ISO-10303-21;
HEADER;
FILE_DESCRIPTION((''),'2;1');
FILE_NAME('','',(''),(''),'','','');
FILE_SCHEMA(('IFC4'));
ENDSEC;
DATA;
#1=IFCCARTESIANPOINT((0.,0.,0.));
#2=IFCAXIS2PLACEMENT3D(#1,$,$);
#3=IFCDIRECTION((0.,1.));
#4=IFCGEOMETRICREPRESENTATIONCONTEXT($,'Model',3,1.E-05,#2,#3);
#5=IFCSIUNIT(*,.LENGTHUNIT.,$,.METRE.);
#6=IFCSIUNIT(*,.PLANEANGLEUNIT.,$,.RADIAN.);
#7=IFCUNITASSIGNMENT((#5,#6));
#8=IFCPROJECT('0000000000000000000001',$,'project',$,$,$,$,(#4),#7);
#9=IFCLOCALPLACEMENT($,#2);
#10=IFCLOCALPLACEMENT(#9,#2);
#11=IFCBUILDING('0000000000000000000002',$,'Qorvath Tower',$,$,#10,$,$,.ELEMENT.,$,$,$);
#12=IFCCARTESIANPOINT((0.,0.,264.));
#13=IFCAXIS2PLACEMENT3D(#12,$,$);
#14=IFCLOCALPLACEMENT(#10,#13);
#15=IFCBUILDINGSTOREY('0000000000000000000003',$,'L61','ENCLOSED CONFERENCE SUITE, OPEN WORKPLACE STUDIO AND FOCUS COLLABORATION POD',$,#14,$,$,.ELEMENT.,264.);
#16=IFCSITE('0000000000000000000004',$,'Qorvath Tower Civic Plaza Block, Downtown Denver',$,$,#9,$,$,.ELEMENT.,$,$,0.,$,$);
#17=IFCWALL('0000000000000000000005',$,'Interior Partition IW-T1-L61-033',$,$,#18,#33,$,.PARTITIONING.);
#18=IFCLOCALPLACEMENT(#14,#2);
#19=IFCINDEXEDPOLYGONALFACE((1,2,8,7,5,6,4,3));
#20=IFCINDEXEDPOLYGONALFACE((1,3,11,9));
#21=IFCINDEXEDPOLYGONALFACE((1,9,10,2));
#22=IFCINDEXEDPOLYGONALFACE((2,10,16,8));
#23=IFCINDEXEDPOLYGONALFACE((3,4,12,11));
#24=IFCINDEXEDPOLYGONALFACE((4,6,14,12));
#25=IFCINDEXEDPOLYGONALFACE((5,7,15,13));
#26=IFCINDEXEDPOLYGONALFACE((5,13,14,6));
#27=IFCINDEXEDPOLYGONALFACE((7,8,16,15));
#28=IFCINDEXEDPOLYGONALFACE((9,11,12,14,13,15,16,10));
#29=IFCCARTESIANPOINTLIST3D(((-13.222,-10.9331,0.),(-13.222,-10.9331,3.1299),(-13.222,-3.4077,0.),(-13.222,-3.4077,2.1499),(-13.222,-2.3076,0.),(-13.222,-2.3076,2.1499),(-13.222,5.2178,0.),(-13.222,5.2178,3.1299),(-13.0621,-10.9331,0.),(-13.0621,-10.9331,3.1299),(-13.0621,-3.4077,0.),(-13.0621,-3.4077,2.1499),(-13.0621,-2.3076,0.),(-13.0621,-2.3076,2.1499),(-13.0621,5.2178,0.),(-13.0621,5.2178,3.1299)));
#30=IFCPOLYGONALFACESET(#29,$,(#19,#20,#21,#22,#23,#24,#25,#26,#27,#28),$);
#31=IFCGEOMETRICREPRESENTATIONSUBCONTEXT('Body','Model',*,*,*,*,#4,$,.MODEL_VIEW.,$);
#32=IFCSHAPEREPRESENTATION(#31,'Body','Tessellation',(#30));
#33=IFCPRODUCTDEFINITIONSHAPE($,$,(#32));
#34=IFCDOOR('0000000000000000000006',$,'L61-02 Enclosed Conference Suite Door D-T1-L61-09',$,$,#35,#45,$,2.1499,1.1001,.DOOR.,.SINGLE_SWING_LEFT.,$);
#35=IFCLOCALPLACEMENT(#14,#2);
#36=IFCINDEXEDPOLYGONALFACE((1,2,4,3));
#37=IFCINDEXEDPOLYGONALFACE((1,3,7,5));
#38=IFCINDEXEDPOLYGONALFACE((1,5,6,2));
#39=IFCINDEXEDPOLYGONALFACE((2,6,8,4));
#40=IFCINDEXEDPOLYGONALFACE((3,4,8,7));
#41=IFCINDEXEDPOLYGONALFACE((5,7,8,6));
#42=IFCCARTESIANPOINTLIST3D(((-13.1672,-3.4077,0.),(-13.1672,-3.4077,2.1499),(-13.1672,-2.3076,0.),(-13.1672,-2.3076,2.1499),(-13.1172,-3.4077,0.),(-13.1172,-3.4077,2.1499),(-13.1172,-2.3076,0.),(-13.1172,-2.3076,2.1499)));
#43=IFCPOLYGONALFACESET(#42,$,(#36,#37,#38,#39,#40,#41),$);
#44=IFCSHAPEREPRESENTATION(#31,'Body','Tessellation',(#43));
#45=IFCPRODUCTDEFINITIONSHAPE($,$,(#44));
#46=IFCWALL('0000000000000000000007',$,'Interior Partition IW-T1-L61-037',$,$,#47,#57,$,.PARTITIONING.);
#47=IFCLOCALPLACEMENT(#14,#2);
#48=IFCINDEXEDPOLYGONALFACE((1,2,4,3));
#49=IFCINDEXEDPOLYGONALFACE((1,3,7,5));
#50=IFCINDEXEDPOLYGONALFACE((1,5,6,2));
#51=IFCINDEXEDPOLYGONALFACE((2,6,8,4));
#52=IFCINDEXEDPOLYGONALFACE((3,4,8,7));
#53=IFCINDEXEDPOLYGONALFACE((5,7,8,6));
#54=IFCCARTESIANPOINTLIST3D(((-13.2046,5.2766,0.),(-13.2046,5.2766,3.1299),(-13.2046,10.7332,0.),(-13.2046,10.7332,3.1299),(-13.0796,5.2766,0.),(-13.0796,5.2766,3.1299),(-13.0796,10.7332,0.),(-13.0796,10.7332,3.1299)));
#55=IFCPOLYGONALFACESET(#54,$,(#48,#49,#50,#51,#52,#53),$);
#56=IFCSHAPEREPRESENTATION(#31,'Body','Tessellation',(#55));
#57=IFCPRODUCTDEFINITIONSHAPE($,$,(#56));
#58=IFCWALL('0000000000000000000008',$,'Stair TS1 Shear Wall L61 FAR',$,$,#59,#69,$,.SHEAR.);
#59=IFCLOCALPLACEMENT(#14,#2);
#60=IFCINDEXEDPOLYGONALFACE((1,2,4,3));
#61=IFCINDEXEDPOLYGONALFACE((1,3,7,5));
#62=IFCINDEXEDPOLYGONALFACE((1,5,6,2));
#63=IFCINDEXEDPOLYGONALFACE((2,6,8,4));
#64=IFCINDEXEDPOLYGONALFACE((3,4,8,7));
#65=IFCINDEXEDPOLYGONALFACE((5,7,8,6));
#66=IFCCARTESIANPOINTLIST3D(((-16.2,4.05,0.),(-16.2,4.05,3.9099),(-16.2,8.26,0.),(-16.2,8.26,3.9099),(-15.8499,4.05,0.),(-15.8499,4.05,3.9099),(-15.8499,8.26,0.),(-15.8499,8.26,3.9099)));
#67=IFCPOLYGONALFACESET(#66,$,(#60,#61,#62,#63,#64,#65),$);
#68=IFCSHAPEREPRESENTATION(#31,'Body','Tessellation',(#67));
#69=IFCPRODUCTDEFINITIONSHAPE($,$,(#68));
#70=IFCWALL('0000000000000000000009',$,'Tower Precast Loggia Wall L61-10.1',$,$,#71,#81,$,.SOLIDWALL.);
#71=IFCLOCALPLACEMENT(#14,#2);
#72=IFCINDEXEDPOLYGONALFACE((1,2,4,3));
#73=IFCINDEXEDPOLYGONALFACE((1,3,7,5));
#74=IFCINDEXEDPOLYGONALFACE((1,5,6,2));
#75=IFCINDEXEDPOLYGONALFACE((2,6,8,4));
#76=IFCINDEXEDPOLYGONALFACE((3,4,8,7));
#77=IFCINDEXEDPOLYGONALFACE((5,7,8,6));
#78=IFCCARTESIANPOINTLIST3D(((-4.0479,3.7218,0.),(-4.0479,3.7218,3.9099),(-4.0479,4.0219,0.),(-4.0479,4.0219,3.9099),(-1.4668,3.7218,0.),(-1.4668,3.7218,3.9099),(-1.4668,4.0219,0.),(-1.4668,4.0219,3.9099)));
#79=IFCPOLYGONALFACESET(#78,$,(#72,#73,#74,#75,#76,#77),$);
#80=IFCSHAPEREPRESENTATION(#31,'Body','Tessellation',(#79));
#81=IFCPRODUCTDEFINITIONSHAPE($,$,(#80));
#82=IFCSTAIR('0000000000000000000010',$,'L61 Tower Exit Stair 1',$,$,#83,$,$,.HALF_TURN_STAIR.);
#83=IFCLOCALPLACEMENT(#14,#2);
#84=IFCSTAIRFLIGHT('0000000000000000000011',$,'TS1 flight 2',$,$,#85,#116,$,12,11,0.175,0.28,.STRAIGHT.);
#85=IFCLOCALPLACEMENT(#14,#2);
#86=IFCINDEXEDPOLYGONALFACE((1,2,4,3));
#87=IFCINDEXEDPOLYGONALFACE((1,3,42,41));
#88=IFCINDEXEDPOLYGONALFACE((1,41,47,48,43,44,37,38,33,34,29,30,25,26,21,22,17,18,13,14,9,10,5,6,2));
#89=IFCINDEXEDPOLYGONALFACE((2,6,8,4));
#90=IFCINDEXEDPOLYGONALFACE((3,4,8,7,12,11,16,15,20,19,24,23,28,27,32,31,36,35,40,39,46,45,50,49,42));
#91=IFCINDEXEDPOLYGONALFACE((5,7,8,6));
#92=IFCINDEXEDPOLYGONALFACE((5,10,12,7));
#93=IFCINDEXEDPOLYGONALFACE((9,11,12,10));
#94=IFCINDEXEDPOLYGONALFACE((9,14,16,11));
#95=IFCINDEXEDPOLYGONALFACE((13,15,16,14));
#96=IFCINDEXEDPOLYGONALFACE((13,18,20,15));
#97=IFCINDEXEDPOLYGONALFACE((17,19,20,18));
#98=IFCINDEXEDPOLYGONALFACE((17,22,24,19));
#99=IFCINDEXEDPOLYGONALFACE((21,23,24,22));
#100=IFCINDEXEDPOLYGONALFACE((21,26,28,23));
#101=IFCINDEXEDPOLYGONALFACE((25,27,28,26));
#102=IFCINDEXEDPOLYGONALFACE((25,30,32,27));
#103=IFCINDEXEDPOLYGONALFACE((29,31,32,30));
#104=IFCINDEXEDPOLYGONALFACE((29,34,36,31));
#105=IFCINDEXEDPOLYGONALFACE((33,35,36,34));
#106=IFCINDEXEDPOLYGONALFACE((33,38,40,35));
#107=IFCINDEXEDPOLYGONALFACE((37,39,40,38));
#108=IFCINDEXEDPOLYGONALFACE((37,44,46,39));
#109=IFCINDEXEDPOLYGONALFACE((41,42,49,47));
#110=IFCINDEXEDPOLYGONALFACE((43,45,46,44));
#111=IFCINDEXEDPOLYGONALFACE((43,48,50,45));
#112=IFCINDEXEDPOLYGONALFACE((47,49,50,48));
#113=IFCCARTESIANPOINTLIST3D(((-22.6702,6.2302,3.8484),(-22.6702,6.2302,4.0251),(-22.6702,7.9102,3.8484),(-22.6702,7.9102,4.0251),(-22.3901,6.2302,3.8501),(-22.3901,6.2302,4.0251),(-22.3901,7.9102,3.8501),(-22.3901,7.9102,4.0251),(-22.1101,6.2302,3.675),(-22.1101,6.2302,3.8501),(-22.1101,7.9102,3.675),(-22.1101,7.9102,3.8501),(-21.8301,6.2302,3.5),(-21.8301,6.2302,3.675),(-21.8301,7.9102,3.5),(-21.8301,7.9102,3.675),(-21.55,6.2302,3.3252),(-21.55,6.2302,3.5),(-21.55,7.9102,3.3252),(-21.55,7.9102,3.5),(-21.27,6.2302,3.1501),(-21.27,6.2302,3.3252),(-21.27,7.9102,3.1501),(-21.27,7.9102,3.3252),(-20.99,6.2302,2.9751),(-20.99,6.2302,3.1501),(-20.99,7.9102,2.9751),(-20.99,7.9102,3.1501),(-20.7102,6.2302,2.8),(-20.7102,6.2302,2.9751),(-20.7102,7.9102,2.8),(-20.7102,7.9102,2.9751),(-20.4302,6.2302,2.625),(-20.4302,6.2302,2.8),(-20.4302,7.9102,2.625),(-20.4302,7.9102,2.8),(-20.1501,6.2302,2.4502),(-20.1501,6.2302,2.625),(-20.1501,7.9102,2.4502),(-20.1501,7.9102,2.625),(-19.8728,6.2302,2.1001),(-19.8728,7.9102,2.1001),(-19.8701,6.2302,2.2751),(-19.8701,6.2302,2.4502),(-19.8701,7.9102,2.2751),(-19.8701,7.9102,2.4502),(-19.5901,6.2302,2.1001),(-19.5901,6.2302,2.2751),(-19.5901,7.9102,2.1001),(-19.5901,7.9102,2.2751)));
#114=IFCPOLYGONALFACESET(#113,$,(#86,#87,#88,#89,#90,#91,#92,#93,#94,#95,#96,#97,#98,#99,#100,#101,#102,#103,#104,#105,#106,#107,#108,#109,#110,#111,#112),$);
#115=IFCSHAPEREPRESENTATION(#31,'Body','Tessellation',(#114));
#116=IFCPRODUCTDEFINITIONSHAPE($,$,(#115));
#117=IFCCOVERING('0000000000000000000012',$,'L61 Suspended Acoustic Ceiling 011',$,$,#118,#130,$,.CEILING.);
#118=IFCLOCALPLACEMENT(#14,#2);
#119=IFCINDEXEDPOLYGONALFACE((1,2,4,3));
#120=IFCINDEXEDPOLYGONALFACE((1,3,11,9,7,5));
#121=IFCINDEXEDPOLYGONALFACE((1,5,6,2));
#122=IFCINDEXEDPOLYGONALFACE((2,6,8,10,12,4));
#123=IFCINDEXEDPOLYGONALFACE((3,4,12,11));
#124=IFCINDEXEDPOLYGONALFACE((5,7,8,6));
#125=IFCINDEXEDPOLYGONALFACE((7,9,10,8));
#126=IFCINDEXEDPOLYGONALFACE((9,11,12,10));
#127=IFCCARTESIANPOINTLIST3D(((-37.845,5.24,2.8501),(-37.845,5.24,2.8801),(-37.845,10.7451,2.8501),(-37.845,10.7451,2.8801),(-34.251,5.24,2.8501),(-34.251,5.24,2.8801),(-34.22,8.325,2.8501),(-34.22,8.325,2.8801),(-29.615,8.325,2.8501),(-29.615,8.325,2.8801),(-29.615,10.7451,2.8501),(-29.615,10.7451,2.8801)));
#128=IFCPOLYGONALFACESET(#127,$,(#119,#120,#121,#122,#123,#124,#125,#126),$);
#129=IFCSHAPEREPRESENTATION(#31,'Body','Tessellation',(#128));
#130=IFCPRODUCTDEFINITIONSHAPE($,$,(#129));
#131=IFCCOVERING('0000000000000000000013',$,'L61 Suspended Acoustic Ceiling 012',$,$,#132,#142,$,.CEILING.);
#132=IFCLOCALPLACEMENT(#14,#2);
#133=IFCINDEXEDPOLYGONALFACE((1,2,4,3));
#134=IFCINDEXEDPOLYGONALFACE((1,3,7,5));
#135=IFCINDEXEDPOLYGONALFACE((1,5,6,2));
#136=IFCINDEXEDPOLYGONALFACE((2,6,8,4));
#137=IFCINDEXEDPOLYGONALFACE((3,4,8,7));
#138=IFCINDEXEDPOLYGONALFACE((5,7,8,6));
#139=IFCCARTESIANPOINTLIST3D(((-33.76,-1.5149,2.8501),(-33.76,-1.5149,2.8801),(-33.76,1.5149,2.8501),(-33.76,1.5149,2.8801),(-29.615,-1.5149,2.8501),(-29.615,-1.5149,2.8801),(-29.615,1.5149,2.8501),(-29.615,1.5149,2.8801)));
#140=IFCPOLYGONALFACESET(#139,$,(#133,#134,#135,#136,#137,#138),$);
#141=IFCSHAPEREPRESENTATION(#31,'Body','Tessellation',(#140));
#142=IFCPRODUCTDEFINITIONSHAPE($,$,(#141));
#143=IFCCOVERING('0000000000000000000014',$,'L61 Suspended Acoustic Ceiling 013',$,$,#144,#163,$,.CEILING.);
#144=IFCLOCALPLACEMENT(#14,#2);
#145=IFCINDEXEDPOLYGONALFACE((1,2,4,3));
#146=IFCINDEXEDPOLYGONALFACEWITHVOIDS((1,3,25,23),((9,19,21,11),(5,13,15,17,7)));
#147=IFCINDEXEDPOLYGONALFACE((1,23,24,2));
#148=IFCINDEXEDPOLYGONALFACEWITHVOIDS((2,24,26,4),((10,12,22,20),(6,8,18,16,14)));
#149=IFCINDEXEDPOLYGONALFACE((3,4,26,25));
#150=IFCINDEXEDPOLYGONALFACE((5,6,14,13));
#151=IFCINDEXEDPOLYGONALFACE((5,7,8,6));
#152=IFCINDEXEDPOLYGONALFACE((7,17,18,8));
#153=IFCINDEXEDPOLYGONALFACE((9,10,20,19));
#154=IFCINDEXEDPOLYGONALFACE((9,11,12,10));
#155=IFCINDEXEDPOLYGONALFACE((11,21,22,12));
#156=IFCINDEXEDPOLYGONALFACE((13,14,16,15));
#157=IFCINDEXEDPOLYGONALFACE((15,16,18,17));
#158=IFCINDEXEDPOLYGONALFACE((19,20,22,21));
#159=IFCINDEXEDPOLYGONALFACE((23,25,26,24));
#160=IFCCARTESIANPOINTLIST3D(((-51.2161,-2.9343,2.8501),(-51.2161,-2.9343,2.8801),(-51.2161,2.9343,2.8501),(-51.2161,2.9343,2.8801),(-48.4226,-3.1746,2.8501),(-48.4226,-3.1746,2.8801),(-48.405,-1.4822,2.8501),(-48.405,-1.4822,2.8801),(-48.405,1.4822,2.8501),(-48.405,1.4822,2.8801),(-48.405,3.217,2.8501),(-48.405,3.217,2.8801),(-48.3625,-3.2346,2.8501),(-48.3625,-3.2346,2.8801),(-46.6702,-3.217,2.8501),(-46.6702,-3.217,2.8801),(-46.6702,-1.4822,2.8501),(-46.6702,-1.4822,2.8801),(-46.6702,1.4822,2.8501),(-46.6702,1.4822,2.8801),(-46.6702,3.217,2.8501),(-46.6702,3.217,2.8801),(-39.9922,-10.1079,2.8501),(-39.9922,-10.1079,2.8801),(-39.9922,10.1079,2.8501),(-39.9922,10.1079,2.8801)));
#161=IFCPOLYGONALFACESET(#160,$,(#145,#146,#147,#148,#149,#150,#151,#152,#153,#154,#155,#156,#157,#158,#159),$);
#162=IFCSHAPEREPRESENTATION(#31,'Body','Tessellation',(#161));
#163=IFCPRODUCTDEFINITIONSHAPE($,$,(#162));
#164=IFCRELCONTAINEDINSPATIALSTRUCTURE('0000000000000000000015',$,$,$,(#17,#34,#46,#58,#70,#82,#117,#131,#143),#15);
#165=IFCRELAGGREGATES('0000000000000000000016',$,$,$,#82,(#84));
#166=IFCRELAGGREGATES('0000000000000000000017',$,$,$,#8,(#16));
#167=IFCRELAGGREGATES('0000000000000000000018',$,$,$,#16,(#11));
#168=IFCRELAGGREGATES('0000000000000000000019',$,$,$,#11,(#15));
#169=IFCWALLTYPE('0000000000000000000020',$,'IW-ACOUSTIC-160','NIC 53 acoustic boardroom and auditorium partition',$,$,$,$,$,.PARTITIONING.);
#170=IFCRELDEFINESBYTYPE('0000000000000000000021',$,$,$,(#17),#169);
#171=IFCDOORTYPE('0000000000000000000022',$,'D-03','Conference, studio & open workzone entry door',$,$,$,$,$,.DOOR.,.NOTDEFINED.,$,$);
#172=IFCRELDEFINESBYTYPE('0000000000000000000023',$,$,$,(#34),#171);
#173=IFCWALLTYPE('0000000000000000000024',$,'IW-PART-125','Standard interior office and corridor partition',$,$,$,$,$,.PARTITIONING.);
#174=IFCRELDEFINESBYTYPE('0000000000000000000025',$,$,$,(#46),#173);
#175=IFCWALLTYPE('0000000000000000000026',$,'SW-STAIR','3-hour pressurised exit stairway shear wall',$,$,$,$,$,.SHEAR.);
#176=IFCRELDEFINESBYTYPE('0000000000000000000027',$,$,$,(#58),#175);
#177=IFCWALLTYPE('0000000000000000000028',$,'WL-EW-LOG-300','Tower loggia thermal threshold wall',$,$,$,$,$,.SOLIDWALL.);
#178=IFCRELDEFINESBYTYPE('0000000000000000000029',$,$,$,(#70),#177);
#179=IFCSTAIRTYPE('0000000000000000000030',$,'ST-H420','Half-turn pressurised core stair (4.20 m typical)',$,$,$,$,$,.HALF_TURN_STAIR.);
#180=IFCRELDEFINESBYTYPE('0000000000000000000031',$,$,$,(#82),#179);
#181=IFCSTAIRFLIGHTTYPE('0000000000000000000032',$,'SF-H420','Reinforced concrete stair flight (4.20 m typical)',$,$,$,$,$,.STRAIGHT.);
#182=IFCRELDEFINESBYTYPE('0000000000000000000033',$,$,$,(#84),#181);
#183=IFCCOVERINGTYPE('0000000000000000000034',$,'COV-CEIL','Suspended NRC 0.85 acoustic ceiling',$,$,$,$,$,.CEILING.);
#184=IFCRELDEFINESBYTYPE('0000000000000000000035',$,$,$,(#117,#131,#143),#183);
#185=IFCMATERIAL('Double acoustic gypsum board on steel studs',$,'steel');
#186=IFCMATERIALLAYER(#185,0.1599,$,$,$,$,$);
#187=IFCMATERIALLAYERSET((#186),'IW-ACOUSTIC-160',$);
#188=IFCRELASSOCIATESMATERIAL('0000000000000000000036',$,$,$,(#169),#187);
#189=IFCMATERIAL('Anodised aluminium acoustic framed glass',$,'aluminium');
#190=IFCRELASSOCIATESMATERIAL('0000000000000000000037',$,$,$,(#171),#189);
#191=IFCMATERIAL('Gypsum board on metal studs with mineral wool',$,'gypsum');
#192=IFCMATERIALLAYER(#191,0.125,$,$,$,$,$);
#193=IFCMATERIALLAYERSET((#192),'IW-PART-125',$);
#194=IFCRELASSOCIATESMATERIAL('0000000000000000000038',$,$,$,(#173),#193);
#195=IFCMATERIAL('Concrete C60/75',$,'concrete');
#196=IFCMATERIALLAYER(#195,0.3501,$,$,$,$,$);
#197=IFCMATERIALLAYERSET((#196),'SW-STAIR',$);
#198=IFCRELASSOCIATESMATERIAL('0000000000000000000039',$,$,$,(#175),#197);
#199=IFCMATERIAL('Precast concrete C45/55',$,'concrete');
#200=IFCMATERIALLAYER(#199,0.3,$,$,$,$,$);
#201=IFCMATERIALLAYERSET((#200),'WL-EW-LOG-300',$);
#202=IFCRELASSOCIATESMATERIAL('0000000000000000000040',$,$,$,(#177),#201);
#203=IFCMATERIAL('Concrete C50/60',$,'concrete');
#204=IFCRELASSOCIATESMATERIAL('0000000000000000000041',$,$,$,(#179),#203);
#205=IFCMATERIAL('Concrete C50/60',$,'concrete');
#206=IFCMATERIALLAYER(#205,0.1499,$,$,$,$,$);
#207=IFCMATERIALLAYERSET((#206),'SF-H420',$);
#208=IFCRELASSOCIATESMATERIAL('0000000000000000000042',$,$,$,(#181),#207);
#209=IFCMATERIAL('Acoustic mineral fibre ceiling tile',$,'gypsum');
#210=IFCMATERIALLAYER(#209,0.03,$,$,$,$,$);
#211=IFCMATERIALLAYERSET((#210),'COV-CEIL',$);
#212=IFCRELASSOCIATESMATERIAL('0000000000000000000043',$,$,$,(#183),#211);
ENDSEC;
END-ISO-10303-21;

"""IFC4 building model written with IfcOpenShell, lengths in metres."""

from ifc_helpers import new_model, si_unit, direction, frame, frame_2d, origin, place, context, subcontext, project, spatial, polyline, rectangle, outline, extrude, material, layer, layer_set, type_object, element, fill, aggregate, save


model = new_model("IFC4")

# Units and contexts
model_context = context("Model", 3, precision=1e-05, world=origin(), true_north=direction((0.0, 1.0)))
body_context = subcontext(model_context, "Body", "Model", "MODEL_VIEW")
ifc_project = project(units=[si_unit("LENGTHUNIT", "METRE"), si_unit("PLANEANGLEUNIT", "RADIAN")], contexts=[model_context])

# Site, building, storey
site_placement = place(None, origin())
site = spatial("IfcSite", under=ifc_project, at=site_placement, Name="Qorvath Tower Civic Plaza Block, Downtown Denver", CompositionType="ELEMENT", RefElevation=0.0)
building_placement = place(site_placement, origin())
building = spatial("IfcBuilding", under=site, at=building_placement, Name="Qorvath Tower", CompositionType="ELEMENT")
storey_placement = place(building_placement, frame((0.0, 0.0, 264.0)))
storey = spatial("IfcBuildingStorey", under=building, at=storey_placement, Name="L61", Description="ENCLOSED CONFERENCE SUITE, OPEN WORKPLACE STUDIO AND FOCUS COLLABORATION POD", CompositionType="ELEMENT", Elevation=264.0)

# Shared definitions
ifc_material_1 = material(Name="Double acoustic gypsum board on steel studs", Category="steel")
ifc_layer_1 = layer(ifc_material_1, 0.1599)
ifc_layer_set_1 = layer_set([ifc_layer_1], Name="IW-ACOUSTIC-160")
wall_type_1 = type_object("IfcWallType", Name="IW-ACOUSTIC-160", Description="NIC 53 acoustic boardroom and auditorium partition", PredefinedType="PARTITIONING", material=ifc_layer_set_1)

# Wall, opening, door
wall_1_placement = place(storey_placement, frame((-13.1421, 5.2178, 0.0), z_axis=(0.0, 0.0, 1.0), x_axis=(0.0, -1.0, 0.0)))
wall_1 = element("IfcWall", 1, at=wall_1_placement, inside=storey, type_object=wall_type_1, Name="Interior Partition IW-T1-L61-033", PredefinedType="PARTITIONING", context=body_context, shape_type="SweptSolid", body=[
    extrude(rectangle(XDim=16.1509, YDim=0.1599, at=frame_2d((8.0754, 0.0))), origin(), (0.0, 0.0, 1.0), 3.1299),
])
opening_placement = place(wall_1_placement, frame((7.5254, 0.0, 0.0)))
opening = element("IfcOpeningElement", 2, at=opening_placement, cuts=wall_1, PredefinedType="OPENING", context=body_context, shape_type="SweptSolid", body=[
    extrude(rectangle(XDim=1.1001, YDim=2.1499, at=frame_2d((0.55, 1.075))), frame((0.0, 0.0898, 0.0), z_axis=(0.0, -1.0, 0.0), x_axis=(1.0, 0.0, 0.0)), (0.0, 0.0, 1.0), 0.1799),
])
ifc_material_2 = material(Name="Anodised aluminium acoustic framed glass", Category="aluminium")
door_type = type_object("IfcDoorType", Name="D-03", Description="Conference, studio & open workzone entry door", OperationType="NOTDEFINED", PredefinedType="DOOR", material=ifc_material_2)
door_placement = place(opening_placement, origin())
door = element("IfcDoor", 3, at=door_placement, inside=storey, type_object=door_type, Name="L61-02 Enclosed Conference Suite Door D-T1-L61-09", OperationType="SINGLE_SWING_LEFT", OverallHeight=2.1499, OverallWidth=1.1001, PredefinedType="DOOR", context=body_context, shape_type="SweptSolid", body=[
    extrude(rectangle(XDim=1.1001, YDim=2.1499, at=frame_2d((0.55, 1.075))), frame((0.0, 0.0249, 0.0), z_axis=(0.0, -1.0, 0.0), x_axis=(1.0, 0.0, 0.0)), (0.0, 0.0, 1.0), 0.05),
])
fill(opening, door)

# Walls
ifc_material_3 = material(Name="Gypsum board on metal studs with mineral wool", Category="gypsum")
ifc_layer_2 = layer(ifc_material_3, 0.125)
ifc_layer_set_2 = layer_set([ifc_layer_2], Name="IW-PART-125")
wall_type_2 = type_object("IfcWallType", Name="IW-PART-125", Description="Standard interior office and corridor partition", PredefinedType="PARTITIONING", material=ifc_layer_set_2)
wall_2_placement = place(storey_placement, frame((-13.1421, 5.2766, 0.0), z_axis=(0.0, 0.0, 1.0), x_axis=(0.0, 1.0, 0.0)))
element("IfcWall", 4, at=wall_2_placement, inside=storey, type_object=wall_type_2, Name="Interior Partition IW-T1-L61-037", PredefinedType="PARTITIONING", context=body_context, shape_type="SweptSolid", body=[
    extrude(rectangle(XDim=5.4565, YDim=0.125, at=frame_2d((2.7283, 0.0))), origin(), (0.0, 0.0, 1.0), 3.1299),
])
ifc_material_4 = material(Name="Concrete C60/75", Category="concrete")
ifc_layer_3 = layer(ifc_material_4, 0.3501)
ifc_layer_set_3 = layer_set([ifc_layer_3], Name="SW-STAIR")
wall_type_3 = type_object("IfcWallType", Name="SW-STAIR", Description="3-hour pressurised exit stairway shear wall", PredefinedType="SHEAR", material=ifc_layer_set_3)
wall_3_placement = place(storey_placement, frame((-16.0249, 4.05, 0.0), z_axis=(0.0, 0.0, 1.0), x_axis=(0.0, 1.0, 0.0)))
element("IfcWall", 5, at=wall_3_placement, inside=storey, type_object=wall_type_3, Name="Stair TS1 Shear Wall L61 FAR", PredefinedType="SHEAR", context=body_context, shape_type="SweptSolid", body=[
    extrude(rectangle(XDim=4.21, YDim=0.3501, at=frame_2d((2.105, 0.0))), origin(), (0.0, 0.0, 1.0), 3.9099),
])
ifc_material_5 = material(Name="Precast concrete C45/55", Category="concrete")
ifc_layer_4 = layer(ifc_material_5, 0.3)
ifc_layer_set_4 = layer_set([ifc_layer_4], Name="WL-EW-LOG-300")
wall_type_4 = type_object("IfcWallType", Name="WL-EW-LOG-300", Description="Tower loggia thermal threshold wall", PredefinedType="SOLIDWALL", material=ifc_layer_set_4)
wall_4_placement = place(storey_placement, frame((-4.0479, 3.8718, 0.0), z_axis=(0.0, 0.0, 1.0), x_axis=(1.0, 0.0, 0.0)))
element("IfcWall", 6, at=wall_4_placement, inside=storey, type_object=wall_type_4, Name="Tower Precast Loggia Wall L61-10.1", PredefinedType="SOLIDWALL", context=body_context, shape_type="SweptSolid", body=[
    extrude(rectangle(XDim=2.5811, YDim=0.3, at=frame_2d((1.2905, 0.0))), origin(), (0.0, 0.0, 1.0), 3.9099),
])

# Stair, stair flight
ifc_material_6 = material(Name="Concrete C50/60", Category="concrete")
stair_type = type_object("IfcStairType", Name="ST-H420", Description="Half-turn pressurised core stair (4.20 m typical)", PredefinedType="HALF_TURN_STAIR", material=ifc_material_6)
stair_placement = place(storey_placement, origin())
stair = element("IfcStair", 7, at=stair_placement, inside=storey, type_object=stair_type, Name="L61 Tower Exit Stair 1", PredefinedType="HALF_TURN_STAIR")
ifc_material_7 = material(Name="Concrete C50/60", Category="concrete")
ifc_layer_5 = layer(ifc_material_7, 0.1499)
ifc_layer_set_5 = layer_set([ifc_layer_5], Name="SF-H420")
stair_flight_type = type_object("IfcStairFlightType", Name="SF-H420", Description="Reinforced concrete stair flight (4.20 m typical)", PredefinedType="STRAIGHT", material=ifc_layer_set_5)
stair_flight_placement = place(storey_placement, frame((-19.5901, 7.0701, 2.1001), z_axis=(0.0, 0.0, 1.0), x_axis=(-1.0, 0.0, 0.0)))
stair_flight = element("IfcStairFlight", 8, at=stair_flight_placement, type_object=stair_flight_type, Name="TS1 flight 2", NumberOfRisers=12, NumberOfTreads=11, PredefinedType="STRAIGHT", RiserHeight=0.175, TreadLength=0.28, context=body_context, shape_type="SweptSolid", body=[
    extrude(outline(polyline([(0.0, 0.0), (0.0, 0.175), (0.28, 0.175), (0.28, 0.3501), (0.5601, 0.3501), (0.5601, 0.5249), (0.8401, 0.5249), (0.8401, 0.7), (1.1201, 0.7), (1.1201, 0.875), (1.3999, 0.875), (1.3999, 1.05), (1.6799, 1.05), (1.6799, 1.2251), (1.96, 1.2251), (1.96, 1.3999), (2.24, 1.3999), (2.24, 1.575), (2.52, 1.575), (2.52, 1.75), (2.8, 1.75), (2.8, 1.925), (3.0801, 1.925), (3.0801, 2.1001), (3.0801, 1.7483), (0.2827, 0.0), (0.0, 0.0)])), frame((0.0, 0.8398, 0.0), z_axis=(0.0, -1.0, 0.0), x_axis=(1.0, 0.0, 0.0)), (0.0, 0.0, 1.0), 1.6799),
])
aggregate(stair, [stair_flight])

# Coverings
ifc_material_8 = material(Name="Acoustic mineral fibre ceiling tile", Category="gypsum")
ifc_layer_6 = layer(ifc_material_8, 0.03)
ifc_layer_set_6 = layer_set([ifc_layer_6], Name="COV-CEIL")
covering_type_1 = type_object("IfcCoveringType", Name="COV-CEIL", Description="Suspended NRC 0.85 acoustic ceiling", PredefinedType="CEILING", material=ifc_layer_set_6)
covering_1_placement = place(storey_placement, frame((0.0, 0.0, 2.8501)))
element("IfcCovering", 9, at=covering_1_placement, inside=storey, type_object=covering_type_1, Name="L61 Suspended Acoustic Ceiling 011", PredefinedType="CEILING", context=body_context, shape_type="SweptSolid", body=[
    extrude(outline(polyline([(-29.615, 8.325), (-29.615, 10.7451), (-37.845, 10.7451), (-37.845, 5.24), (-34.251, 5.24), (-34.22, 8.325), (-29.615, 8.325)])), origin(), (0.0, 0.0, 1.0), 0.03),
])
covering_2_placement = place(storey_placement, frame((0.0, 0.0, 2.8501)))
element("IfcCovering", 10, at=covering_2_placement, inside=storey, type_object=covering_type_1, Name="L61 Suspended Acoustic Ceiling 012", PredefinedType="CEILING", context=body_context, shape_type="SweptSolid", body=[
    extrude(outline(polyline([(-29.615, -1.5149), (-29.615, 1.5149), (-33.76, 1.5149), (-33.76, -1.5149), (-29.615, -1.5149)])), origin(), (0.0, 0.0, 1.0), 0.03),
])
covering_3_placement = place(storey_placement, frame((0.0, 0.0, 2.8501)))
element("IfcCovering", 11, at=covering_3_placement, inside=storey, type_object=covering_type_1, Name="L61 Suspended Acoustic Ceiling 013", PredefinedType="CEILING", context=body_context, shape_type="SweptSolid", body=[
    extrude(outline(polyline([(-51.2161, -2.9343), (-39.9922, -10.1079), (-39.9922, 10.1079), (-51.2161, 2.9343), (-51.2161, -2.9343)]), holes=[polyline([(-48.4226, -3.1746), (-48.405, -1.4822), (-46.6702, -1.4822), (-46.6702, -3.217), (-48.3625, -3.2346), (-48.4226, -3.1746)]), polyline([(-48.405, 1.4822), (-48.405, 3.217), (-46.6702, 3.217), (-46.6702, 1.4822), (-48.405, 1.4822)])]), origin(), (0.0, 0.0, 1.0), 0.03),
])

save(model, "model.ifc")
